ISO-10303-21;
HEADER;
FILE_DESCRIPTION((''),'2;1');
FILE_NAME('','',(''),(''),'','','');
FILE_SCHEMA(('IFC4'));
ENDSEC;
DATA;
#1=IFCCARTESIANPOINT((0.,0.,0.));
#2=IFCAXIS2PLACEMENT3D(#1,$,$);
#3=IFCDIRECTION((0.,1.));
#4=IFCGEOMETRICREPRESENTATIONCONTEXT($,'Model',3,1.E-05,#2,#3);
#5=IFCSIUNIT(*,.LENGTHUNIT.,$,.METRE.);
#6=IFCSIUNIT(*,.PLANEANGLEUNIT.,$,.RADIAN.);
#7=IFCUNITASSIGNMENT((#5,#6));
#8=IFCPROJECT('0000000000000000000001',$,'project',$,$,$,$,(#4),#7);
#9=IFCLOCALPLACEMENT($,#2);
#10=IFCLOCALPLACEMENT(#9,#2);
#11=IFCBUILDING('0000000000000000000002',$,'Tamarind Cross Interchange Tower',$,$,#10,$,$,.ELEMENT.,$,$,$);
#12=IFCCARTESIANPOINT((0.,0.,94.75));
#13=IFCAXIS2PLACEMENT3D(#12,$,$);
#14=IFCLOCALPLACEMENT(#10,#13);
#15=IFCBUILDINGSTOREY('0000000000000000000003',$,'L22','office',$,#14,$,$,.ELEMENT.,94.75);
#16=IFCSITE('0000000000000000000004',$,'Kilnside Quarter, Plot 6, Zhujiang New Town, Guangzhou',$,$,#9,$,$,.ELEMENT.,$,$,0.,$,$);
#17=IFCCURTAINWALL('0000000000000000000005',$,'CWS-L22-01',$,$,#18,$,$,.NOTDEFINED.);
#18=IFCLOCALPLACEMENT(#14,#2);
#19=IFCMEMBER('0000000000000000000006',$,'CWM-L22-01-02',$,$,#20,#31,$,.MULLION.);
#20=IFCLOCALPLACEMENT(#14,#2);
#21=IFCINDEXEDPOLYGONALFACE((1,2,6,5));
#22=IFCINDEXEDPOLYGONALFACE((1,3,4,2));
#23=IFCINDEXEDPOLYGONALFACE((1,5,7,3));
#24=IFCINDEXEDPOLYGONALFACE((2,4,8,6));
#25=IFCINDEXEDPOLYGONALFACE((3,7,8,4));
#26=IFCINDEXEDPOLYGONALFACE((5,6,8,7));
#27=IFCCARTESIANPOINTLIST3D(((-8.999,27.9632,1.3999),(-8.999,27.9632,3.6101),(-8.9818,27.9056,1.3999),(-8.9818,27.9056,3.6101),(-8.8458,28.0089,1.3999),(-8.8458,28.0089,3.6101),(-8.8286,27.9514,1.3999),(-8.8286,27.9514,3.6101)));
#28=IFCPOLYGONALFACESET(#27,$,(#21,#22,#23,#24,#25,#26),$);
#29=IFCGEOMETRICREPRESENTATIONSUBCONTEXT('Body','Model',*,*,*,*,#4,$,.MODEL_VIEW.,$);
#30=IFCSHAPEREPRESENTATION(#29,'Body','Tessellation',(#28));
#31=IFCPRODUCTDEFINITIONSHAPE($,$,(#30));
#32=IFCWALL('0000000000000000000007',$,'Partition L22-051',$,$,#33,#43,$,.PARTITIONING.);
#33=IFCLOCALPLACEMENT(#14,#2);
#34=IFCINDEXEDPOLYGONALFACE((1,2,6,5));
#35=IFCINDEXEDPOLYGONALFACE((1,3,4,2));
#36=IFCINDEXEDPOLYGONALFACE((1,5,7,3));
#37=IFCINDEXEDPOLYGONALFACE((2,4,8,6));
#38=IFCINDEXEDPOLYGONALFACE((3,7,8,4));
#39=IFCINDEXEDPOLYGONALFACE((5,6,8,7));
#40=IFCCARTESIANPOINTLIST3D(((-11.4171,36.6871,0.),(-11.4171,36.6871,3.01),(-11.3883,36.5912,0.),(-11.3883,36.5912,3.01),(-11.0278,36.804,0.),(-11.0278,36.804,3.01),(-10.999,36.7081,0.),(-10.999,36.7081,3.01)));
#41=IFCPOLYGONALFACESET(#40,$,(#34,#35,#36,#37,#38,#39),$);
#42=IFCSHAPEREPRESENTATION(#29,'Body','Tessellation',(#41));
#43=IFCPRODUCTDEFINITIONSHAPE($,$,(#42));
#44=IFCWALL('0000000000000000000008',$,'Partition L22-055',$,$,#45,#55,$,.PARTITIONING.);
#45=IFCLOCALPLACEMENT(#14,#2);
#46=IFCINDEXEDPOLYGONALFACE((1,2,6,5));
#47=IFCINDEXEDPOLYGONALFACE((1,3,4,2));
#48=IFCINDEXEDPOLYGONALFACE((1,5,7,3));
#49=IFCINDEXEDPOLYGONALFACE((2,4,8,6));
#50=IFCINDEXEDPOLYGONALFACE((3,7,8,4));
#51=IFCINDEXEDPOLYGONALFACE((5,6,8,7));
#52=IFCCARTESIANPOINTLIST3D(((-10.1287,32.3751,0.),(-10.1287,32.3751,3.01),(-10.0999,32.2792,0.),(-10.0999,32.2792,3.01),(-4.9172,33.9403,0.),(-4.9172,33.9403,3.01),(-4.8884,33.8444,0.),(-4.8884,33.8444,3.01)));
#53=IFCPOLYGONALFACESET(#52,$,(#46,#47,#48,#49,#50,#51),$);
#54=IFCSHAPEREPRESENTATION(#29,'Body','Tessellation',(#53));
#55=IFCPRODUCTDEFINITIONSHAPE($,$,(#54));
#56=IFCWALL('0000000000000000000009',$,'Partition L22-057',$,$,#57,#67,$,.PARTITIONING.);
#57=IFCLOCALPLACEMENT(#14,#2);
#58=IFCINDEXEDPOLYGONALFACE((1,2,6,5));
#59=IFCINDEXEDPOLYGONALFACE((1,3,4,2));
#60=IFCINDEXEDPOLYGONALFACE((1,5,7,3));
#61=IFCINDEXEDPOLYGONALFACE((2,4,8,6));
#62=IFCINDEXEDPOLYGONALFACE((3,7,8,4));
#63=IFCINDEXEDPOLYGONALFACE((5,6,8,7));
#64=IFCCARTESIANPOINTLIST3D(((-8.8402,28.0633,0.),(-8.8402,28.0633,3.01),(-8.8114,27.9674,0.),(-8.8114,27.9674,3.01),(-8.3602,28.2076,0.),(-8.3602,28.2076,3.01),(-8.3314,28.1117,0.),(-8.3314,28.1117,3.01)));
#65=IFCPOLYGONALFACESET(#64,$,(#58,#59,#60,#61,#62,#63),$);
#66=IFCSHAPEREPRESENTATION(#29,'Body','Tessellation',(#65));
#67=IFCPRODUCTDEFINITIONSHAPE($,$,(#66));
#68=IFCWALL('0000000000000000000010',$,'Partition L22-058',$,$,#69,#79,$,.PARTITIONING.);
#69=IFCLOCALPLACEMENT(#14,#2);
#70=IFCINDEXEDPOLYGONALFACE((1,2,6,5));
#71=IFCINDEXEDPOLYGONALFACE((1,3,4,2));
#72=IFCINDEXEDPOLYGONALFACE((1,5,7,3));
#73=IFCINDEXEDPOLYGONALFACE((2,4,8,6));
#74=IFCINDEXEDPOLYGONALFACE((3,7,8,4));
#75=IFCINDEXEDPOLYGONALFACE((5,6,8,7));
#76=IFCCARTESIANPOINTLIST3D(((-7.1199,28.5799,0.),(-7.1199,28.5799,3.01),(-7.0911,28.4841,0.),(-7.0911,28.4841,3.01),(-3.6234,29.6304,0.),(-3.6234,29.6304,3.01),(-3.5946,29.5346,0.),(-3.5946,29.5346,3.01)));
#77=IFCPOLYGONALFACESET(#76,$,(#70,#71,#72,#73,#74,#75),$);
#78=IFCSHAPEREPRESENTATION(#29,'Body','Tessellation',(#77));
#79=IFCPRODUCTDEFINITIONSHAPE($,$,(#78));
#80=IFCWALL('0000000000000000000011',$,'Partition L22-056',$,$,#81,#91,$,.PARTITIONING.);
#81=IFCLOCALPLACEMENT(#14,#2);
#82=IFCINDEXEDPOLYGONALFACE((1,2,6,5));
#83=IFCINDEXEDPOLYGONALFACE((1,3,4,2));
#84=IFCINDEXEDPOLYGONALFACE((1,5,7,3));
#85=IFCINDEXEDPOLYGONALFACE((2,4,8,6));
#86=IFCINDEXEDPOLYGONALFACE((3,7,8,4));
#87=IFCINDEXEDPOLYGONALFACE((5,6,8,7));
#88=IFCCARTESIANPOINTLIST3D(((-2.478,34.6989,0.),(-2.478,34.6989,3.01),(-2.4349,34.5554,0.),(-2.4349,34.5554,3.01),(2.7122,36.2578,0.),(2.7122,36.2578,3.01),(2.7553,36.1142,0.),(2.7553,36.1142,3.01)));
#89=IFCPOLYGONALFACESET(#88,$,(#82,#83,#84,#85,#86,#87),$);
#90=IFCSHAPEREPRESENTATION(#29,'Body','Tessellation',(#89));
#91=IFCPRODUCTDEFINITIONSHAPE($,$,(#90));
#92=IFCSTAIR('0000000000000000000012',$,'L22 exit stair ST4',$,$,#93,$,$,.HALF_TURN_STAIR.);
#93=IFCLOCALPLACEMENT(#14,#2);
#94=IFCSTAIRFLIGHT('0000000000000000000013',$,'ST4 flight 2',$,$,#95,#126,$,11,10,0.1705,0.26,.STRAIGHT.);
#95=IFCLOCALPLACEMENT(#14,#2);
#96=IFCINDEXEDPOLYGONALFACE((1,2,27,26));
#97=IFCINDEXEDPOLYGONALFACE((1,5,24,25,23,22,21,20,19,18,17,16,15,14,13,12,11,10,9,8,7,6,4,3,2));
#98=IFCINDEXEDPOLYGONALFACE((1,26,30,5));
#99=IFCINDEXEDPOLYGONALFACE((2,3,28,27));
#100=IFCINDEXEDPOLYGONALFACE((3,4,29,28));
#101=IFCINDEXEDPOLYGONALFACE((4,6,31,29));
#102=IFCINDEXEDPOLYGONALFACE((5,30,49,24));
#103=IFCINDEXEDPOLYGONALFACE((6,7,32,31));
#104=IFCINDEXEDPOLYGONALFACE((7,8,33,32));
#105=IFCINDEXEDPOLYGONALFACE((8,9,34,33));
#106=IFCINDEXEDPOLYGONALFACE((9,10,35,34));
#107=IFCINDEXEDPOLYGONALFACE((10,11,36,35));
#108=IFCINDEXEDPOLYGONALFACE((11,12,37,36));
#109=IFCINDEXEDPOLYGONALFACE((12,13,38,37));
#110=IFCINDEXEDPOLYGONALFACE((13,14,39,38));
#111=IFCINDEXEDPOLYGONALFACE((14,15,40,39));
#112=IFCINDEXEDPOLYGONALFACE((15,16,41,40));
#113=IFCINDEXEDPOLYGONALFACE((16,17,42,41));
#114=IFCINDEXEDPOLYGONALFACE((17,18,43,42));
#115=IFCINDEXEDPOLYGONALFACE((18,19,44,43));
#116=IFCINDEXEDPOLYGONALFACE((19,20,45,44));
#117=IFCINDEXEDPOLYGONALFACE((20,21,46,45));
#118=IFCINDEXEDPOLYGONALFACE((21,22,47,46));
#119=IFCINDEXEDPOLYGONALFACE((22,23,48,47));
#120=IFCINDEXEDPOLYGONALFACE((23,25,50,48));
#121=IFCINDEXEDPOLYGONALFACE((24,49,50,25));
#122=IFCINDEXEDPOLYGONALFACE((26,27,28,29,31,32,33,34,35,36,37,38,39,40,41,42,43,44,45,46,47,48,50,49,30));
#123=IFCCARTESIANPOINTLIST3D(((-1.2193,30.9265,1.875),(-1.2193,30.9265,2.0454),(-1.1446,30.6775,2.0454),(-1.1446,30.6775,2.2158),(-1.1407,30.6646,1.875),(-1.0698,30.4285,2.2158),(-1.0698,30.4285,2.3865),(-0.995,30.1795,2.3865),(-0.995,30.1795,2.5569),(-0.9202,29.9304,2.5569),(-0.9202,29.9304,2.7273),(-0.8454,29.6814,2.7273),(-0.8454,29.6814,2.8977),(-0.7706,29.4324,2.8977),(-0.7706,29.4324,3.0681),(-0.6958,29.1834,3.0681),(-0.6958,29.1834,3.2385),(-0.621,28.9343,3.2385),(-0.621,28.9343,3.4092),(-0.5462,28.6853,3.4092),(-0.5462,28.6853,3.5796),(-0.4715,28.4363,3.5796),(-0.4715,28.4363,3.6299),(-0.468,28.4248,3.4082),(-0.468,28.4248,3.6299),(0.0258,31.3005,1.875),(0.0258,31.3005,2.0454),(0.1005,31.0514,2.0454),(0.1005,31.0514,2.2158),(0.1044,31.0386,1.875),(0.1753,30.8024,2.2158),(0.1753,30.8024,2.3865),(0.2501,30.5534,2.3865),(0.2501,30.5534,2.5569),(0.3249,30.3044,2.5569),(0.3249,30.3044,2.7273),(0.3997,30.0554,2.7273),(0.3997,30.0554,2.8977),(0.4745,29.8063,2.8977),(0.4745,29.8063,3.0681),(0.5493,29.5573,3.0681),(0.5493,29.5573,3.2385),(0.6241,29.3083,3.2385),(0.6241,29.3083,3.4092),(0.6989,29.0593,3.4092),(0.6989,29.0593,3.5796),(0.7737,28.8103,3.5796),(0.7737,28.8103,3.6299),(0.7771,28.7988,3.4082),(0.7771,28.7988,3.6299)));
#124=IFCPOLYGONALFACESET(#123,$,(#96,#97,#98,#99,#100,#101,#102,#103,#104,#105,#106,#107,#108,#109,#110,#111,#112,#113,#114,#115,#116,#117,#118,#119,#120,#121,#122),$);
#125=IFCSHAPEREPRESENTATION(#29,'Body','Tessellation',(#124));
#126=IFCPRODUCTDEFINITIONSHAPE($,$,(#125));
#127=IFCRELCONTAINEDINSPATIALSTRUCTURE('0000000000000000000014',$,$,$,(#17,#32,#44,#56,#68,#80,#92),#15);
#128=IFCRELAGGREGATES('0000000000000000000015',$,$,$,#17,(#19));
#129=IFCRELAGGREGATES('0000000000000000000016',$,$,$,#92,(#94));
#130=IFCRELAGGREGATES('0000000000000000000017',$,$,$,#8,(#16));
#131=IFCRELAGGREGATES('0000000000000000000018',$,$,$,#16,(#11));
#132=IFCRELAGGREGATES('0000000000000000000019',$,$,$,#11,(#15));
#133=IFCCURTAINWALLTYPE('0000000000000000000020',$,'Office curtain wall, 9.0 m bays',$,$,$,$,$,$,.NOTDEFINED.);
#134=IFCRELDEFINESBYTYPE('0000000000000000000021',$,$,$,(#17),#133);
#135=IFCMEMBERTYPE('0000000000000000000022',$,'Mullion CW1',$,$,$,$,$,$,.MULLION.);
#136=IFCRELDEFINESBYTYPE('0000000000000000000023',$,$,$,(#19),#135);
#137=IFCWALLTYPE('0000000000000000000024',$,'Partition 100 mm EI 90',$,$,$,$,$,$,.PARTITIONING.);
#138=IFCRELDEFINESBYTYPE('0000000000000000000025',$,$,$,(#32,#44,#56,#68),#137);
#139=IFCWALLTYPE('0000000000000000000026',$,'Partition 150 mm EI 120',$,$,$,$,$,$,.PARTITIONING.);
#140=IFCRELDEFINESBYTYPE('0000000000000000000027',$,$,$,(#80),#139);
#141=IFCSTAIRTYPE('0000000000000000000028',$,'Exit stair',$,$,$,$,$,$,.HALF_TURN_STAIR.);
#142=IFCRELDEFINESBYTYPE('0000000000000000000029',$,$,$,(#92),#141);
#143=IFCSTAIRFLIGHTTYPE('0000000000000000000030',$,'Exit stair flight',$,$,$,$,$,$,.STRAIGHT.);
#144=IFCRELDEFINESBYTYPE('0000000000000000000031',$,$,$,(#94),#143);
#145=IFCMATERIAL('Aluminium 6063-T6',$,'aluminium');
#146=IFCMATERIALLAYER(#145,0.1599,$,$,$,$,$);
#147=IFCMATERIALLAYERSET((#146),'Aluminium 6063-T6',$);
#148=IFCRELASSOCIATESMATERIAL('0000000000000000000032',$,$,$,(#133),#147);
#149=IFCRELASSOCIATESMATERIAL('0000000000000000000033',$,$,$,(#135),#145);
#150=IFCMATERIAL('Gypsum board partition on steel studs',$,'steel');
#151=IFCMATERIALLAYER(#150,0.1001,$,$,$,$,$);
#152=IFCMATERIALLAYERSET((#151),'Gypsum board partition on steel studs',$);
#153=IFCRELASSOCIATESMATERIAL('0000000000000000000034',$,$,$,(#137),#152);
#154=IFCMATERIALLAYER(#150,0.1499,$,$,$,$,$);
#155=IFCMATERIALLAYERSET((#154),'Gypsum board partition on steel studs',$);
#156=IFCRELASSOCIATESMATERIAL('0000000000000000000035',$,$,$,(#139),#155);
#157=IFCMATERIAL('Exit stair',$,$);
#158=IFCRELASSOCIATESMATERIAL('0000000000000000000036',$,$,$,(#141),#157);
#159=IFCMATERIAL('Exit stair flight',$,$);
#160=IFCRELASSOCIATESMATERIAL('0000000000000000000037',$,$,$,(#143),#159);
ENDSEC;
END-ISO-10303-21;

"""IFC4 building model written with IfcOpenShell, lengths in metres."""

from ifc_helpers import new_model, si_unit, direction, frame, frame_2d, origin, origin_2d, place, context, subcontext, project, spatial, polyline, rectangle, outline, extrude, material, layer, layer_set, material_profile, profile_set, type_object, element, aggregate, save


model = new_model("IFC4")

# Units and contexts
model_context = context("Model", 3, precision=1e-05, world=origin(), true_north=direction((0.0, 1.0)))
body_context = subcontext(model_context, "Body", "Model", "MODEL_VIEW")
ifc_project = project(units=[si_unit("LENGTHUNIT", "METRE"), si_unit("PLANEANGLEUNIT", "RADIAN")], contexts=[model_context])

# Site, building, storey
site_placement = place(None, origin())
site = spatial("IfcSite", under=ifc_project, at=site_placement, Name="Kilnside Quarter, Plot 6, Zhujiang New Town, Guangzhou", CompositionType="ELEMENT", RefElevation=0.0)
building_placement = place(site_placement, origin())
building = spatial("IfcBuilding", under=site, at=building_placement, Name="Tamarind Cross Interchange Tower", CompositionType="ELEMENT")
storey_placement = place(building_placement, frame((0.0, 0.0, 94.75)))
storey = spatial("IfcBuildingStorey", under=building, at=storey_placement, Name="L22", Description="office", CompositionType="ELEMENT", Elevation=94.75)

# Curtain wall, member
ifc_material_1 = material(Name="Aluminium 6063-T6", Category="aluminium")
ifc_layer_1 = layer(ifc_material_1, 0.1599)
ifc_layer_set_1 = layer_set([ifc_layer_1], Name="Aluminium 6063-T6")
curtain_wall_type = type_object("IfcCurtainWallType", Name="Office curtain wall, 9.0 m bays", PredefinedType="NOTDEFINED", material=ifc_layer_set_1)
curtain_wall_placement = place(storey_placement, origin())
curtain_wall = element("IfcCurtainWall", 1, at=curtain_wall_placement, inside=storey, type_object=curtain_wall_type, Name="CWS-L22-01", PredefinedType="NOTDEFINED")
ifc_material_profile_1 = material_profile(ifc_material_1, rectangle(XDim=0.0601, YDim=0.1599, at=origin_2d()), Name="Mullion CW1")
ifc_profile_set_1 = profile_set([ifc_material_profile_1], Name="Aluminium 6063-T6")
member_type = type_object("IfcMemberType", Name="Mullion CW1", PredefinedType="MULLION", material=ifc_profile_set_1)
member_1_placement = place(storey_placement, frame((-8.9138, 27.9573, 1.3999), z_axis=(0.0, 0.0, 1.0), x_axis=(0.286304, -0.958139, 0.0)))
member_1 = element("IfcMember", 2, at=member_1_placement, type_object=member_type, Name="CWM-L22-01-02", PredefinedType="MULLION", context=body_context, shape_type="SweptSolid", body=[
    extrude(rectangle(XDim=0.0601, YDim=0.1599, at=origin_2d()), origin(), (0.0, 0.0, 1.0), 2.2102),
])
aggregate(curtain_wall, [member_1])

# Walls
ifc_material_2 = material(Name="Gypsum board partition on steel studs", Category="steel")
ifc_layer_2 = layer(ifc_material_2, 0.1001)
ifc_layer_set_2 = layer_set([ifc_layer_2], Name="Gypsum board partition on steel studs")
wall_type_1 = type_object("IfcWallType", Name="Partition 100 mm EI 90", PredefinedType="PARTITIONING", material=ifc_layer_set_2)
wall_1_placement = place(storey_placement, frame((-11.4026, 36.6392, 0.0), z_axis=(0.0, 0.0, 1.0), x_axis=(0.957744, 0.287623, 0.0)))
element("IfcWall", 3, at=wall_1_placement, inside=storey, type_object=wall_type_1, Name="Partition L22-051", PredefinedType="PARTITIONING", context=body_context, shape_type="SweptSolid", body=[
    extrude(rectangle(XDim=0.4065, YDim=0.1001, at=frame_2d((0.2031, 0.0))), origin(), (0.0, 0.0, 1.0), 3.01),
])
wall_2_placement = place(storey_placement, frame((-10.1143, 32.3271, 0.0), z_axis=(0.0, 0.0, 1.0), x_axis=(0.957737, 0.287644, 0.0)))
element("IfcWall", 4, at=wall_2_placement, inside=storey, type_object=wall_type_1, Name="Partition L22-055", PredefinedType="PARTITIONING", context=body_context, shape_type="SweptSolid", body=[
    extrude(rectangle(XDim=5.4414, YDim=0.1001, at=frame_2d((2.7207, 0.0))), origin(), (0.0, 0.0, 1.0), 3.01),
])
wall_3_placement = place(storey_placement, frame((-8.8257, 28.0154, 0.0), z_axis=(0.0, 0.0, 1.0), x_axis=(0.957665, 0.287884, 0.0)))
element("IfcWall", 5, at=wall_3_placement, inside=storey, type_object=wall_type_1, Name="Partition L22-057", PredefinedType="PARTITIONING", context=body_context, shape_type="SweptSolid", body=[
    extrude(rectangle(XDim=0.5012, YDim=0.1001, at=frame_2d((0.2505, 0.0))), origin(), (0.0, 0.0, 1.0), 3.01),
])
wall_4_placement = place(storey_placement, frame((-7.1055, 28.532, 0.0), z_axis=(0.0, 0.0, 1.0), x_axis=(0.957708, 0.28774, 0.0)))
element("IfcWall", 6, at=wall_4_placement, inside=storey, type_object=wall_type_1, Name="Partition L22-058", PredefinedType="PARTITIONING", context=body_context, shape_type="SweptSolid", body=[
    extrude(rectangle(XDim=3.6509, YDim=0.1001, at=frame_2d((1.8254, 0.0))), origin(), (0.0, 0.0, 1.0), 3.01),
])
ifc_layer_3 = layer(ifc_material_2, 0.1499)
ifc_layer_set_3 = layer_set([ifc_layer_3], Name="Gypsum board partition on steel studs")
wall_type_2 = type_object("IfcWallType", Name="Partition 150 mm EI 120", PredefinedType="PARTITIONING", material=ifc_layer_set_3)
wall_5_placement = place(storey_placement, frame((-2.4563, 34.6272, 0.0), z_axis=(0.0, 0.0, 1.0), x_axis=(0.957736, 0.28765, 0.0)))
element("IfcWall", 7, at=wall_5_placement, inside=storey, type_object=wall_type_2, Name="Partition L22-056", PredefinedType="PARTITIONING", context=body_context, shape_type="SweptSolid", body=[
    extrude(rectangle(XDim=5.4192, YDim=0.1499, at=frame_2d((2.7095, 0.0))), origin(), (0.0, 0.0, 1.0), 3.01),
])

# Stair, stair flight
ifc_material_3 = material(Name="Exit stair")
stair_type = type_object("IfcStairType", Name="Exit stair", PredefinedType="HALF_TURN_STAIR", material=ifc_material_3)
stair_placement = place(storey_placement, origin())
stair = element("IfcStair", 8, at=stair_placement, inside=storey, type_object=stair_type, Name="L22 exit stair ST4", PredefinedType="HALF_TURN_STAIR")
ifc_material_4 = material(Name="Exit stair flight")
stair_flight_type = type_object("IfcStairFlightType", Name="Exit stair flight", PredefinedType="STRAIGHT", material=ifc_material_4)
stair_flight_placement = place(storey_placement, frame((-0.5967, 31.1135, 1.875), z_axis=(0.0, 0.0, 1.0), x_axis=(0.287641, -0.957738, 0.0)))
stair_flight = element("IfcStairFlight", 9, at=stair_flight_placement, type_object=stair_flight_type, Name="ST4 flight 2", NumberOfRisers=11, NumberOfTreads=10, PredefinedType="STRAIGHT", RiserHeight=0.1705, TreadLength=0.26, context=body_context, shape_type="SweptSolid", body=[
    extrude(outline(polyline([(0.0, 0.0), (0.0, 0.1704), (0.26, 0.1704), (0.26, 0.3408), (0.52, 0.3408), (0.52, 0.5115), (0.78, 0.5115), (0.78, 0.6819), (1.04, 0.6819), (1.04, 0.8523), (1.3, 0.8523), (1.3, 1.0227), (1.5601, 1.0227), (1.5601, 1.1931), (1.8201, 1.1931), (1.8201, 1.3635), (2.0801, 1.3635), (2.0801, 1.5342), (2.3401, 1.5342), (2.3401, 1.7046), (2.6001, 1.7046), (2.6001, 1.7549), (2.6121, 1.7549), (2.6121, 1.5332), (0.2734, 0.0), (0.0, 0.0)])), frame((0.0, 0.6499, 0.0), z_axis=(0.0, -1.0, 0.0), x_axis=(1.0, 0.0, 0.0)), (0.0, 0.0, 1.0), 1.3),
])
aggregate(stair, [stair_flight])

save(model, "model.ifc")
